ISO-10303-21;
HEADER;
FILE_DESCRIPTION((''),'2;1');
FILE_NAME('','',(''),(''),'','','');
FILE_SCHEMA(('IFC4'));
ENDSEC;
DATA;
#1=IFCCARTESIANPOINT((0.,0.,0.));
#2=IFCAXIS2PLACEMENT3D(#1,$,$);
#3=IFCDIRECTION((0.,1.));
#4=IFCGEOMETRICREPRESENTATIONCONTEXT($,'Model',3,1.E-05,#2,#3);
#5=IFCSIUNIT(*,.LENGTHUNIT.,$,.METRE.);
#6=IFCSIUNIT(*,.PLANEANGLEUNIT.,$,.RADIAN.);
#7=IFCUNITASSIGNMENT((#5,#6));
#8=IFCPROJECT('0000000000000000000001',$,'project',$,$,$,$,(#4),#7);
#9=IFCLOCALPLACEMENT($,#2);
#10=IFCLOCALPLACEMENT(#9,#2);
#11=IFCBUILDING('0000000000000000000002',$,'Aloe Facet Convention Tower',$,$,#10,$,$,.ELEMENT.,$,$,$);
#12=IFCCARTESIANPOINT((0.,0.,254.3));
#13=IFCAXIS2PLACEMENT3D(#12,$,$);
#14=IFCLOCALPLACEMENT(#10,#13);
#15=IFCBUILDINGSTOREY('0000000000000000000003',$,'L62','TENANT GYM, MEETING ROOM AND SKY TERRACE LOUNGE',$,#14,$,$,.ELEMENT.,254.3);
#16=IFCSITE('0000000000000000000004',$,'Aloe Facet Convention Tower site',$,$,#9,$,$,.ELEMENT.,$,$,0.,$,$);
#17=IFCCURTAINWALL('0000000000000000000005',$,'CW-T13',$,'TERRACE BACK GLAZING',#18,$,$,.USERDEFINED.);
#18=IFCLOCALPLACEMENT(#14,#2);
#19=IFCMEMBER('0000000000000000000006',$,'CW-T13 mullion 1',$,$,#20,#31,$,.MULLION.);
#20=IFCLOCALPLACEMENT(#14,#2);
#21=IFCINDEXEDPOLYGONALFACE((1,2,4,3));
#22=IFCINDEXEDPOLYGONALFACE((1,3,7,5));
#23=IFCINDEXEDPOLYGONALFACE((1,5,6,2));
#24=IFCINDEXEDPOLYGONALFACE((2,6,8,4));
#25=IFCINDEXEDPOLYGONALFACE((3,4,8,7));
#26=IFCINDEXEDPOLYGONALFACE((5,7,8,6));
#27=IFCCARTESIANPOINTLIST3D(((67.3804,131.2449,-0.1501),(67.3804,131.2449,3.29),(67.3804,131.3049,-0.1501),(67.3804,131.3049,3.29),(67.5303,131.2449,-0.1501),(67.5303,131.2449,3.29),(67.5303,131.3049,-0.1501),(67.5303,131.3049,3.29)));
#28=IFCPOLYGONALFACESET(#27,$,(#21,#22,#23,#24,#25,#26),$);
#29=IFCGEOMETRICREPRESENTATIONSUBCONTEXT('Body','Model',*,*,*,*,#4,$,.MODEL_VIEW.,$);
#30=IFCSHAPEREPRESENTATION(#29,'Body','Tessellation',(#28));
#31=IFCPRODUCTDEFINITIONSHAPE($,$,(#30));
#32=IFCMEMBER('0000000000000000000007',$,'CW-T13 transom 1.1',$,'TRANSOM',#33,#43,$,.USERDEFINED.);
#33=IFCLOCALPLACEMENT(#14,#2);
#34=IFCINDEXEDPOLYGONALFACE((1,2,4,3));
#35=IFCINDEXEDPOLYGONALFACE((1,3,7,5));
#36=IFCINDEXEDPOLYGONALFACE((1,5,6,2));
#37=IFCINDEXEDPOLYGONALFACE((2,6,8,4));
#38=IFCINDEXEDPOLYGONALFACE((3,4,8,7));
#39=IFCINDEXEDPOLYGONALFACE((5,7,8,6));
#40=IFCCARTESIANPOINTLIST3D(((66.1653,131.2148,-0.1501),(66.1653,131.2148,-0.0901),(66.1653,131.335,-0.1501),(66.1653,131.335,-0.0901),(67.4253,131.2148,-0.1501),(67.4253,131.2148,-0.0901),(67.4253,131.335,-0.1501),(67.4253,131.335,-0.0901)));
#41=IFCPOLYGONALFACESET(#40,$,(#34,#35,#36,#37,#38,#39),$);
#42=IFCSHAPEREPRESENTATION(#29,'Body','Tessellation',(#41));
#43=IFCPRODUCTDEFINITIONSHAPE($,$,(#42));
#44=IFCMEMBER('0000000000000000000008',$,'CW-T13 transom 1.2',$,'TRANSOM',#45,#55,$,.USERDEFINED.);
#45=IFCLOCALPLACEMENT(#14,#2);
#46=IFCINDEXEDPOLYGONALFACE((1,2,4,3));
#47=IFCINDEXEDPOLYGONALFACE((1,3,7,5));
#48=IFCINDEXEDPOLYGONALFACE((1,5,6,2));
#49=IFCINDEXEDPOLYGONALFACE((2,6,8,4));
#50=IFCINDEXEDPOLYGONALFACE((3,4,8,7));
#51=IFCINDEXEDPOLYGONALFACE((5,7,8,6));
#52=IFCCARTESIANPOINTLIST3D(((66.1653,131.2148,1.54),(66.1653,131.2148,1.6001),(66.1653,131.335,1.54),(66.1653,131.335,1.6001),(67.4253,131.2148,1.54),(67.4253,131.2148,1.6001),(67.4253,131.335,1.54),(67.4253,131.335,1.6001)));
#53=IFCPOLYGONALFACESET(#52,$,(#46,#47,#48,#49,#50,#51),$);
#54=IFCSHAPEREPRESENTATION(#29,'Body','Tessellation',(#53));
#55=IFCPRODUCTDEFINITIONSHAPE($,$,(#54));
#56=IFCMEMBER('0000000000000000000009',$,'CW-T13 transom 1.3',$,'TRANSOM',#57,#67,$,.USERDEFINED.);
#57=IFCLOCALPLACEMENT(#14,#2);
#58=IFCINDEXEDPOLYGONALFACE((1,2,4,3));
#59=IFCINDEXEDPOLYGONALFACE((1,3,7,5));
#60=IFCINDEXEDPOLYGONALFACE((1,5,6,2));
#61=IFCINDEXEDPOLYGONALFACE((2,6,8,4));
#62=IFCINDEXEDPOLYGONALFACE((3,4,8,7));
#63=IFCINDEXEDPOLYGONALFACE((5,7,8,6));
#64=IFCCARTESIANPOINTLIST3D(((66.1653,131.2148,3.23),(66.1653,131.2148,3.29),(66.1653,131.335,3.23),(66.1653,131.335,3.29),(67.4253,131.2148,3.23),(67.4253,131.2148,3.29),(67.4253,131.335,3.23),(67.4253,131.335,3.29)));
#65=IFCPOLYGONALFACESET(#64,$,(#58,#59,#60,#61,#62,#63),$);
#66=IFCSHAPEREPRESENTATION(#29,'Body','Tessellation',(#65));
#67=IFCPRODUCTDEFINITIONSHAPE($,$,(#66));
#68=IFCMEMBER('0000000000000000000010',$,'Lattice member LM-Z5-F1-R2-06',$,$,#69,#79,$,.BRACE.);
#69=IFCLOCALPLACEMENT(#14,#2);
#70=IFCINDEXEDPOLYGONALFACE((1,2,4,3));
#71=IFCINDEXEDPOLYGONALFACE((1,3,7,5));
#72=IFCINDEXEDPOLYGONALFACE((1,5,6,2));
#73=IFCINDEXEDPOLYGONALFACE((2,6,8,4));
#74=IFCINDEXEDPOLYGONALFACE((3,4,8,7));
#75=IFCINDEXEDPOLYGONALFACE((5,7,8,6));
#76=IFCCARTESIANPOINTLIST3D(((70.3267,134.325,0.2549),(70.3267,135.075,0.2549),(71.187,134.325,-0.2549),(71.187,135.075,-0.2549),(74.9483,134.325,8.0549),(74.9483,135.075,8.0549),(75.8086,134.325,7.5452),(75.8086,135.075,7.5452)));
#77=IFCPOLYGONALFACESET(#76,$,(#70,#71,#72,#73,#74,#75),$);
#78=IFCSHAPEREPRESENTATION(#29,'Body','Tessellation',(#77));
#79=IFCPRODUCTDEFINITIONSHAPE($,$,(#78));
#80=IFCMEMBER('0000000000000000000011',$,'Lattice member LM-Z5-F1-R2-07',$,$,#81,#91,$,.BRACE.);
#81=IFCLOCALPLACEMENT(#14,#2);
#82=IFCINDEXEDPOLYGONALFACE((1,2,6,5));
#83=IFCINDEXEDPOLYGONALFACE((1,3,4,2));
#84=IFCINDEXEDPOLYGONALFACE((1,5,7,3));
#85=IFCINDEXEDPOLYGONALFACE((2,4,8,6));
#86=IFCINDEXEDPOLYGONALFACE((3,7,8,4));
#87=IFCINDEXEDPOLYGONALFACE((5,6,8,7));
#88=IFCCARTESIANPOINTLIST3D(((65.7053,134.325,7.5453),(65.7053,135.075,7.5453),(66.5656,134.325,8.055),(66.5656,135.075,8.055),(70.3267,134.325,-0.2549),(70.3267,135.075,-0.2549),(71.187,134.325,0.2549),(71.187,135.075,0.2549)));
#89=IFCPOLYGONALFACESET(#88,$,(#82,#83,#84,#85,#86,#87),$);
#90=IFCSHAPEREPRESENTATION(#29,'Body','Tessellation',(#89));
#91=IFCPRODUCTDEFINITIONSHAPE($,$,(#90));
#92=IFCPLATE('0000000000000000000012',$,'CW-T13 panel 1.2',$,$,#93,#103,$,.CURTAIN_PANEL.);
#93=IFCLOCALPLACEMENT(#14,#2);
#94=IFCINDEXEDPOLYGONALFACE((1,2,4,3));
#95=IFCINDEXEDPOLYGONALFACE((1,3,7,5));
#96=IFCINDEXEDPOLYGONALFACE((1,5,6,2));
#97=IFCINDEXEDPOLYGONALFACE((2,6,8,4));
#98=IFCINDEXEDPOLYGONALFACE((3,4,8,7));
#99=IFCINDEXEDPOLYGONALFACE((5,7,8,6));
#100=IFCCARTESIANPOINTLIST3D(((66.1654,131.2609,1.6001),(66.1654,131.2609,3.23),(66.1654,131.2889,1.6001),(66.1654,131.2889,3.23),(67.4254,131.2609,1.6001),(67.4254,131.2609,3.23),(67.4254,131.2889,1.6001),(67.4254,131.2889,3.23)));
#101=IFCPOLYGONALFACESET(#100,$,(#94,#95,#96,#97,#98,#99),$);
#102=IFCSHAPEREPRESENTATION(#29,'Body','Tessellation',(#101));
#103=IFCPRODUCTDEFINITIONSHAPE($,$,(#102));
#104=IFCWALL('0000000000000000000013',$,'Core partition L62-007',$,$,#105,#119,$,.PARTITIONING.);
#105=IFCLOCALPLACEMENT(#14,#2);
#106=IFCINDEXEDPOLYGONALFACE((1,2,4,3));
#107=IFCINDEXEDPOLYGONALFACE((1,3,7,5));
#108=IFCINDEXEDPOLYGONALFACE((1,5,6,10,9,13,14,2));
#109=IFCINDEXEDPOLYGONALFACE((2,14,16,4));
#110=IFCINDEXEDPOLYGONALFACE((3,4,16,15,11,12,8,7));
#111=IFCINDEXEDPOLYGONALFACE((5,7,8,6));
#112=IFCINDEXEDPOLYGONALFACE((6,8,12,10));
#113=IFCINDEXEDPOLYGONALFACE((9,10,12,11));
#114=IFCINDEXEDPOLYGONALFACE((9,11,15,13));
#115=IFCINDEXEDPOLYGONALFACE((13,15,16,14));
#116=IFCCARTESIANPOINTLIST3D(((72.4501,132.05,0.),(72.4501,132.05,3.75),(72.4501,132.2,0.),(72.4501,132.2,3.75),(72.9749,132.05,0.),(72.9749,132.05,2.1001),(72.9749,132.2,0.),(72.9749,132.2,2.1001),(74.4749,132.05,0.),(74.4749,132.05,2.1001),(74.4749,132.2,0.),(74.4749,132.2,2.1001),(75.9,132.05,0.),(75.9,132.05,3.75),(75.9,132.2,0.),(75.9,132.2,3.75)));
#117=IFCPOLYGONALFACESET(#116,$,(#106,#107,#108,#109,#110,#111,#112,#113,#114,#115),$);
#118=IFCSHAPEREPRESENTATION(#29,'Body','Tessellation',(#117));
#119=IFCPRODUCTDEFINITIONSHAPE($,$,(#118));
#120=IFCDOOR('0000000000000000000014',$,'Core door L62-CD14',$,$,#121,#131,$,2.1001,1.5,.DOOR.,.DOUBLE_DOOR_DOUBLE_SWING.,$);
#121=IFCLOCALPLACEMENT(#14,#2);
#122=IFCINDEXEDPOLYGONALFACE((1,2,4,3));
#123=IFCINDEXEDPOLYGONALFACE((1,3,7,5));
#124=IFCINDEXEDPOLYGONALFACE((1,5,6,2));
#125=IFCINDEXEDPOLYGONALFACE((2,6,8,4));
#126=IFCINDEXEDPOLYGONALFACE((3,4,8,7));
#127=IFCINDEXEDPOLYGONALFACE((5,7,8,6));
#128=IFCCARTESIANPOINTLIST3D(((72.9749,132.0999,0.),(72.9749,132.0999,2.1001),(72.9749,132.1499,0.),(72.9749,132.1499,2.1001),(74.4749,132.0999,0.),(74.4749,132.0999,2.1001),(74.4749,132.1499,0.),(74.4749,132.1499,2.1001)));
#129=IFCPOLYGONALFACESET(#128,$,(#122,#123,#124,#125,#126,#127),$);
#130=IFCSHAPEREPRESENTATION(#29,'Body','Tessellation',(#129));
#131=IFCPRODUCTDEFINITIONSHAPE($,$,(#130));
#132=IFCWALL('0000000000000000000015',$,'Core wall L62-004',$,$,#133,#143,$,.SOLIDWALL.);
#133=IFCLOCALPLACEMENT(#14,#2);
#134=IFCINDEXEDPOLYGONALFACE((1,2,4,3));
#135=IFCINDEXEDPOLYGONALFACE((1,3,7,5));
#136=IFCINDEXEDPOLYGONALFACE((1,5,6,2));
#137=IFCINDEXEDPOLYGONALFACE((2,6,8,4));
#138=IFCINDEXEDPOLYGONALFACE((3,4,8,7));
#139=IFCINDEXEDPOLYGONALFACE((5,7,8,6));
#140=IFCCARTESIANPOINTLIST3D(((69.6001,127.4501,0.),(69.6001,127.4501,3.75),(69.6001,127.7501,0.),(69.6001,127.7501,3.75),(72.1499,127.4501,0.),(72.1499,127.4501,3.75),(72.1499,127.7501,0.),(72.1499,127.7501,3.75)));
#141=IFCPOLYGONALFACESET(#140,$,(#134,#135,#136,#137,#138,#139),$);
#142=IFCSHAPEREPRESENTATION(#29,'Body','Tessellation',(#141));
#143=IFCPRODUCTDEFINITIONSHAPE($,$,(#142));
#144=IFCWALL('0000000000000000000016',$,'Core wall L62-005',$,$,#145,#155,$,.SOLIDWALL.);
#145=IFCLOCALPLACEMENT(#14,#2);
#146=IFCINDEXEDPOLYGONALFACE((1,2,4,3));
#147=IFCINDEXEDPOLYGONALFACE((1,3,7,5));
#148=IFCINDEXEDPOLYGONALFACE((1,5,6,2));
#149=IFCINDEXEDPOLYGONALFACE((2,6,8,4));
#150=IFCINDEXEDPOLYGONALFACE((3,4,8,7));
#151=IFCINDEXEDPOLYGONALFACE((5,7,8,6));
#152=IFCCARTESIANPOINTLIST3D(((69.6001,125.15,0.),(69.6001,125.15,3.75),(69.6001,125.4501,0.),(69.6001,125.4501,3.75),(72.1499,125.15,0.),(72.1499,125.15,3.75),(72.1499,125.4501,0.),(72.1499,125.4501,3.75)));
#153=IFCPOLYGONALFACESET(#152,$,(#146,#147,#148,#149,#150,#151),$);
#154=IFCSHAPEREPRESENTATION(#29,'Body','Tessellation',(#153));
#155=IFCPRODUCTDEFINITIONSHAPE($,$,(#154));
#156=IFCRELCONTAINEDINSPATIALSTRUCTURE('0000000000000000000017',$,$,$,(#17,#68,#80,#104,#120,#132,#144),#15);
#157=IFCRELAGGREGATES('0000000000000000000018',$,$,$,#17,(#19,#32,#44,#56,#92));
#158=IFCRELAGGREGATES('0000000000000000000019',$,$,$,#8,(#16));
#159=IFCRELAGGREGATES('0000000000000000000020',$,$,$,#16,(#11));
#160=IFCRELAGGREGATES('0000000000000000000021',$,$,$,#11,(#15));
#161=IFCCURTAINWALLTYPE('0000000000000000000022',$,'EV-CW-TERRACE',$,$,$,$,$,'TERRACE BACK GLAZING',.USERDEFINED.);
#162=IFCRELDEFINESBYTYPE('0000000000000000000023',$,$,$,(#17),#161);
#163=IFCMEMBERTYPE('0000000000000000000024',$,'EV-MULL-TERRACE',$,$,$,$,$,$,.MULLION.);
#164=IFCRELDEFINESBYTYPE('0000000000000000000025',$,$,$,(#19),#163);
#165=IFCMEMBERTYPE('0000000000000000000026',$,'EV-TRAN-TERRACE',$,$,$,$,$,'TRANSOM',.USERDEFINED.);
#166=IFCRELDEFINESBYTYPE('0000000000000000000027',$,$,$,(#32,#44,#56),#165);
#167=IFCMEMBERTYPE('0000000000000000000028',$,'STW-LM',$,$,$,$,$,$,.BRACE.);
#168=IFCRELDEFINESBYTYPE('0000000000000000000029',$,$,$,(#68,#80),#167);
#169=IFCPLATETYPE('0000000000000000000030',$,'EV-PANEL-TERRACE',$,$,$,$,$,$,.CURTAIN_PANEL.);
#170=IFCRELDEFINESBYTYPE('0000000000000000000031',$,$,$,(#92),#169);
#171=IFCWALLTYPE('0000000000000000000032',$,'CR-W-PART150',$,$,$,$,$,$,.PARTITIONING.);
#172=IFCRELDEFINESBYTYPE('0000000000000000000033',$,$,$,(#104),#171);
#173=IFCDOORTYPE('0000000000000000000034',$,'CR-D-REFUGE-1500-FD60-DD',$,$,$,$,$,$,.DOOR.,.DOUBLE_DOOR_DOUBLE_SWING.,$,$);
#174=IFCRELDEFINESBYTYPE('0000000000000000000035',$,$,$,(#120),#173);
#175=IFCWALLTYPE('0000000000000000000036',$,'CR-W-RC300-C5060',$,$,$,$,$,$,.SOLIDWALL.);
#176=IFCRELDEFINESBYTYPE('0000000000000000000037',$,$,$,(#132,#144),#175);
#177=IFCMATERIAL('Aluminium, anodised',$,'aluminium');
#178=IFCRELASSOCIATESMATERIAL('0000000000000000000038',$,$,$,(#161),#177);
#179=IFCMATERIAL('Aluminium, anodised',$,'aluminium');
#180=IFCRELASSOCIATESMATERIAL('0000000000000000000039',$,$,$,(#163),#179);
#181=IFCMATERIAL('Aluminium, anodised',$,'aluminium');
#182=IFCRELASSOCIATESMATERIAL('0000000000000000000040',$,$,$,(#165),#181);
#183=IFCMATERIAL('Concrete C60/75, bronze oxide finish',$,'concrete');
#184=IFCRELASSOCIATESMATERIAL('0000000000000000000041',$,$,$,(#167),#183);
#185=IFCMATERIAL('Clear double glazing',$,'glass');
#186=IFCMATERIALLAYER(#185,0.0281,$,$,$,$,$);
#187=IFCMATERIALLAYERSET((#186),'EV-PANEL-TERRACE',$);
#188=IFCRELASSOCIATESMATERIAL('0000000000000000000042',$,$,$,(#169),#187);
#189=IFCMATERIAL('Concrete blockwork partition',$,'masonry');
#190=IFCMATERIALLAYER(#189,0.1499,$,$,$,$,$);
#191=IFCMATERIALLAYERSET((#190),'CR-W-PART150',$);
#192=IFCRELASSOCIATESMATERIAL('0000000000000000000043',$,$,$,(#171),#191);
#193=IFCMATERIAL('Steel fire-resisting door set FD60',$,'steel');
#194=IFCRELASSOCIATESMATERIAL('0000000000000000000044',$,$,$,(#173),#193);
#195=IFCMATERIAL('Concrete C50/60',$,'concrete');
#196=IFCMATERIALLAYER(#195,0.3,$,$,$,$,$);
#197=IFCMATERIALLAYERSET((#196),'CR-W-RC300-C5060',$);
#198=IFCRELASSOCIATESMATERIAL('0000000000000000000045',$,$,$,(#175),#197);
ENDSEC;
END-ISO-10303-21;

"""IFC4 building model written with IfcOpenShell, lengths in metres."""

from ifc_helpers import new_model, si_unit, direction, frame, frame_2d, origin, origin_2d, place, context, subcontext, project, spatial, rectangle, extrude, material, layer, layer_set, material_profile, profile_set, type_object, element, fill, aggregate, save


model = new_model("IFC4")

# Units and contexts
model_context = context("Model", 3, precision=1e-05, world=origin(), true_north=direction((0.0, 1.0)))
body_context = subcontext(model_context, "Body", "Model", "MODEL_VIEW")
ifc_project = project(units=[si_unit("LENGTHUNIT", "METRE"), si_unit("PLANEANGLEUNIT", "RADIAN")], contexts=[model_context])

# Site, building, storey
site_placement = place(None, origin())
site = spatial("IfcSite", under=ifc_project, at=site_placement, Name="Aloe Facet Convention Tower site", CompositionType="ELEMENT", RefElevation=0.0)
building_placement = place(site_placement, origin())
building = spatial("IfcBuilding", under=site, at=building_placement, Name="Aloe Facet Convention Tower", CompositionType="ELEMENT")
storey_placement = place(building_placement, frame((0.0, 0.0, 254.3)))
storey = spatial("IfcBuildingStorey", under=building, at=storey_placement, Name="L62", Description="TENANT GYM, MEETING ROOM AND SKY TERRACE LOUNGE", CompositionType="ELEMENT", Elevation=254.3)

# Curtain wall, members
ifc_material_1 = material(Name="Aluminium, anodised", Category="aluminium")
curtain_wall_type = type_object("IfcCurtainWallType", Name="EV-CW-TERRACE", ElementType="TERRACE BACK GLAZING", PredefinedType="USERDEFINED", material=ifc_material_1)
curtain_wall_placement = place(storey_placement, origin())
curtain_wall = element("IfcCurtainWall", 1, at=curtain_wall_placement, inside=storey, type_object=curtain_wall_type, Name="CW-T13", ObjectType="TERRACE BACK GLAZING", PredefinedType="USERDEFINED")
ifc_material_2 = material(Name="Aluminium, anodised", Category="aluminium")
ifc_material_profile_1 = material_profile(ifc_material_2, rectangle(XDim=0.0601, YDim=0.1499, at=origin_2d()), Name="AL 60x150")
ifc_profile_set_1 = profile_set([ifc_material_profile_1], Name="Aluminium, anodised")
member_type_1 = type_object("IfcMemberType", Name="EV-MULL-TERRACE", PredefinedType="MULLION", material=ifc_profile_set_1)
member_1_placement = place(storey_placement, frame((67.4553, 131.2749, -0.1501), z_axis=(0.0, 0.0, 1.0), x_axis=(0.0, -1.0, 0.0)))
member_1 = element("IfcMember", 2, at=member_1_placement, type_object=member_type_1, Name="CW-T13 mullion 1", PredefinedType="MULLION", context=body_context, shape_type="SweptSolid", body=[
    extrude(rectangle(XDim=0.0601, YDim=0.1499, at=origin_2d()), origin(), (0.0, 0.0, 1.0), 3.4402),
])
ifc_material_3 = material(Name="Aluminium, anodised", Category="aluminium")
ifc_material_profile_2 = material_profile(ifc_material_3, rectangle(XDim=0.1201, YDim=0.0601, at=origin_2d()), Name="AL 120x60")
ifc_profile_set_2 = profile_set([ifc_material_profile_2], Name="Aluminium, anodised")
member_type_2 = type_object("IfcMemberType", Name="EV-TRAN-TERRACE", ElementType="TRANSOM", PredefinedType="USERDEFINED", material=ifc_profile_set_2)
member_2_placement = place(storey_placement, frame((67.4253, 131.2749, -0.1201), z_axis=(-1.0, 0.0, 0.0), x_axis=(0.0, -1.0, 0.0)))
member_2 = element("IfcMember", 3, at=member_2_placement, type_object=member_type_2, Name="CW-T13 transom 1.1", ObjectType="TRANSOM", PredefinedType="USERDEFINED", context=body_context, shape_type="SweptSolid", body=[
    extrude(rectangle(XDim=0.1201, YDim=0.0601, at=origin_2d()), origin(), (0.0, 0.0, 1.0), 1.26),
])
member_3_placement = place(storey_placement, frame((67.4253, 131.2749, 1.5701), z_axis=(-1.0, 0.0, 0.0), x_axis=(0.0, -1.0, 0.0)))
member_3 = element("IfcMember", 4, at=member_3_placement, type_object=member_type_2, Name="CW-T13 transom 1.2", ObjectType="TRANSOM", PredefinedType="USERDEFINED", context=body_context, shape_type="SweptSolid", body=[
    extrude(rectangle(XDim=0.1201, YDim=0.0601, at=origin_2d()), origin(), (0.0, 0.0, 1.0), 1.26),
])
member_4_placement = place(storey_placement, frame((67.4253, 131.2749, 3.26), z_axis=(-1.0, 0.0, 0.0), x_axis=(0.0, -1.0, 0.0)))
member_4 = element("IfcMember", 5, at=member_4_placement, type_object=member_type_2, Name="CW-T13 transom 1.3", ObjectType="TRANSOM", PredefinedType="USERDEFINED", context=body_context, shape_type="SweptSolid", body=[
    extrude(rectangle(XDim=0.1201, YDim=0.0601, at=origin_2d()), origin(), (0.0, 0.0, 1.0), 1.26),
])

# Members
ifc_material_4 = material(Name="Concrete C60/75, bronze oxide finish", Category="concrete")
ifc_material_profile_3 = material_profile(ifc_material_4, rectangle(XDim=0.75, YDim=1.0, at=origin_2d()), Name="STW-LM")
ifc_profile_set_3 = profile_set([ifc_material_profile_3], Name="Concrete C60/75, bronze oxide finish")
member_type_3 = type_object("IfcMemberType", Name="STW-LM", PredefinedType="BRACE", material=ifc_profile_set_3)
for number, where, z_axis, x_axis, name in (
    (6, (70.7568, 134.7, 0.0), (0.509748, 0.0, 0.860324), (0.0, 1.0, 0.0), "Lattice member LM-Z5-F1-R2-06"),
    (7, (70.7568, 134.7, 0.0), (-0.509728, 0.0, 0.860336), (0.0, -1.0, 0.0), "Lattice member LM-Z5-F1-R2-07"),
):
    element("IfcMember", number, at=place(storey_placement, frame(where, z_axis=z_axis, x_axis=x_axis)), inside=storey, type_object=member_type_3, Name=name, PredefinedType="BRACE", context=body_context, shape_type="SweptSolid", body=[
        extrude(rectangle(XDim=0.75, YDim=1.0, at=origin_2d()), origin(), (0.0, 0.0, 1.0), 9.0664),
    ])

# Plate
ifc_material_5 = material(Name="Clear double glazing", Category="glass")
ifc_layer_1 = layer(ifc_material_5, 0.0281)
ifc_layer_set_1 = layer_set([ifc_layer_1], Name="EV-PANEL-TERRACE")
plate_type = type_object("IfcPlateType", Name="EV-PANEL-TERRACE", PredefinedType="CURTAIN_PANEL", material=ifc_layer_set_1)
plate_placement = place(storey_placement, frame((66.7954, 131.2749, 1.6001), z_axis=(0.0, 0.0, 1.0), x_axis=(-1.0, 0.0, 0.0)))
plate = element("IfcPlate", 8, at=plate_placement, type_object=plate_type, Name="CW-T13 panel 1.2", PredefinedType="CURTAIN_PANEL", context=body_context, shape_type="SweptSolid", body=[
    extrude(rectangle(XDim=1.26, YDim=0.0281, at=origin_2d()), origin(), (0.0, 0.0, 1.0), 1.6299),
])
aggregate(curtain_wall, [member_1, member_2, member_3, member_4, plate])

# Wall, opening, door
ifc_material_6 = material(Name="Concrete blockwork partition", Category="masonry")
ifc_layer_2 = layer(ifc_material_6, 0.1499)
ifc_layer_set_2 = layer_set([ifc_layer_2], Name="CR-W-PART150")
wall_type_1 = type_object("IfcWallType", Name="CR-W-PART150", PredefinedType="PARTITIONING", material=ifc_layer_set_2)
wall_1_placement = place(storey_placement, frame((72.45, 132.125, 0.0), z_axis=(0.0, 0.0, 1.0), x_axis=(1.0, 0.0, 0.0)))
wall_1 = element("IfcWall", 9, at=wall_1_placement, inside=storey, type_object=wall_type_1, Name="Core partition L62-007", PredefinedType="PARTITIONING", context=body_context, shape_type="SweptSolid", body=[
    extrude(rectangle(XDim=3.45, YDim=0.1499, at=frame_2d((1.7251, 0.0))), origin(), (0.0, 0.0, 1.0), 3.75),
])
opening_1_placement = place(wall_1_placement, frame((0.5249, 0.0, 0.0)))
opening_1 = element("IfcOpeningElement", 10, at=opening_1_placement, cuts=wall_1, PredefinedType="OPENING", context=body_context, shape_type="SweptSolid", body=[
    extrude(rectangle(XDim=1.5, YDim=2.1001, at=frame_2d((0.75, 1.05))), frame((0.0, 0.085, 0.0), z_axis=(0.0, -1.0, 0.0), x_axis=(1.0, 0.0, 0.0)), (0.0, 0.0, 1.0), 0.1699),
])
ifc_material_7 = material(Name="Steel fire-resisting door set FD60", Category="steel")
door_type_1 = type_object("IfcDoorType", Name="CR-D-REFUGE-1500-FD60-DD", OperationType="DOUBLE_DOOR_DOUBLE_SWING", PredefinedType="DOOR", material=ifc_material_7)
door_1_placement = place(opening_1_placement, origin())
door_1 = element("IfcDoor", 11, at=door_1_placement, inside=storey, type_object=door_type_1, Name="Core door L62-CD14", OperationType="DOUBLE_DOOR_DOUBLE_SWING", OverallHeight=2.1001, OverallWidth=1.5, PredefinedType="DOOR", context=body_context, shape_type="SweptSolid", body=[
    extrude(rectangle(XDim=1.5, YDim=2.1001, at=frame_2d((0.75, 1.05))), frame((0.0, 0.0249, 0.0), z_axis=(0.0, -1.0, 0.0), x_axis=(1.0, 0.0, 0.0)), (0.0, 0.0, 1.0), 0.05),
])
fill(opening_1, door_1)

# Walls
ifc_material_8 = material(Name="Concrete C50/60", Category="concrete")
ifc_layer_3 = layer(ifc_material_8, 0.3)
ifc_layer_set_3 = layer_set([ifc_layer_3], Name="CR-W-RC300-C5060")
wall_type_2 = type_object("IfcWallType", Name="CR-W-RC300-C5060", PredefinedType="SOLIDWALL", material=ifc_layer_set_3)
for number, where, z_axis, x_axis, name in (
    (12, (69.6001, 127.6001, 0.0), (0.0, 0.0, 1.0), (1.0, 0.0, 0.0), "Core wall L62-004"),
    (13, (69.6001, 125.3, 0.0), (0.0, 0.0, 1.0), (1.0, 0.0, 0.0), "Core wall L62-005"),
):
    element("IfcWall", number, at=place(storey_placement, frame(where, z_axis=z_axis, x_axis=x_axis)), inside=storey, type_object=wall_type_2, Name=name, PredefinedType="SOLIDWALL", context=body_context, shape_type="SweptSolid", body=[
        extrude(rectangle(XDim=2.5498, YDim=0.3, at=frame_2d((1.2749, 0.0))), origin(), (0.0, 0.0, 1.0), 3.75),
    ])

save(model, "model.ifc")
